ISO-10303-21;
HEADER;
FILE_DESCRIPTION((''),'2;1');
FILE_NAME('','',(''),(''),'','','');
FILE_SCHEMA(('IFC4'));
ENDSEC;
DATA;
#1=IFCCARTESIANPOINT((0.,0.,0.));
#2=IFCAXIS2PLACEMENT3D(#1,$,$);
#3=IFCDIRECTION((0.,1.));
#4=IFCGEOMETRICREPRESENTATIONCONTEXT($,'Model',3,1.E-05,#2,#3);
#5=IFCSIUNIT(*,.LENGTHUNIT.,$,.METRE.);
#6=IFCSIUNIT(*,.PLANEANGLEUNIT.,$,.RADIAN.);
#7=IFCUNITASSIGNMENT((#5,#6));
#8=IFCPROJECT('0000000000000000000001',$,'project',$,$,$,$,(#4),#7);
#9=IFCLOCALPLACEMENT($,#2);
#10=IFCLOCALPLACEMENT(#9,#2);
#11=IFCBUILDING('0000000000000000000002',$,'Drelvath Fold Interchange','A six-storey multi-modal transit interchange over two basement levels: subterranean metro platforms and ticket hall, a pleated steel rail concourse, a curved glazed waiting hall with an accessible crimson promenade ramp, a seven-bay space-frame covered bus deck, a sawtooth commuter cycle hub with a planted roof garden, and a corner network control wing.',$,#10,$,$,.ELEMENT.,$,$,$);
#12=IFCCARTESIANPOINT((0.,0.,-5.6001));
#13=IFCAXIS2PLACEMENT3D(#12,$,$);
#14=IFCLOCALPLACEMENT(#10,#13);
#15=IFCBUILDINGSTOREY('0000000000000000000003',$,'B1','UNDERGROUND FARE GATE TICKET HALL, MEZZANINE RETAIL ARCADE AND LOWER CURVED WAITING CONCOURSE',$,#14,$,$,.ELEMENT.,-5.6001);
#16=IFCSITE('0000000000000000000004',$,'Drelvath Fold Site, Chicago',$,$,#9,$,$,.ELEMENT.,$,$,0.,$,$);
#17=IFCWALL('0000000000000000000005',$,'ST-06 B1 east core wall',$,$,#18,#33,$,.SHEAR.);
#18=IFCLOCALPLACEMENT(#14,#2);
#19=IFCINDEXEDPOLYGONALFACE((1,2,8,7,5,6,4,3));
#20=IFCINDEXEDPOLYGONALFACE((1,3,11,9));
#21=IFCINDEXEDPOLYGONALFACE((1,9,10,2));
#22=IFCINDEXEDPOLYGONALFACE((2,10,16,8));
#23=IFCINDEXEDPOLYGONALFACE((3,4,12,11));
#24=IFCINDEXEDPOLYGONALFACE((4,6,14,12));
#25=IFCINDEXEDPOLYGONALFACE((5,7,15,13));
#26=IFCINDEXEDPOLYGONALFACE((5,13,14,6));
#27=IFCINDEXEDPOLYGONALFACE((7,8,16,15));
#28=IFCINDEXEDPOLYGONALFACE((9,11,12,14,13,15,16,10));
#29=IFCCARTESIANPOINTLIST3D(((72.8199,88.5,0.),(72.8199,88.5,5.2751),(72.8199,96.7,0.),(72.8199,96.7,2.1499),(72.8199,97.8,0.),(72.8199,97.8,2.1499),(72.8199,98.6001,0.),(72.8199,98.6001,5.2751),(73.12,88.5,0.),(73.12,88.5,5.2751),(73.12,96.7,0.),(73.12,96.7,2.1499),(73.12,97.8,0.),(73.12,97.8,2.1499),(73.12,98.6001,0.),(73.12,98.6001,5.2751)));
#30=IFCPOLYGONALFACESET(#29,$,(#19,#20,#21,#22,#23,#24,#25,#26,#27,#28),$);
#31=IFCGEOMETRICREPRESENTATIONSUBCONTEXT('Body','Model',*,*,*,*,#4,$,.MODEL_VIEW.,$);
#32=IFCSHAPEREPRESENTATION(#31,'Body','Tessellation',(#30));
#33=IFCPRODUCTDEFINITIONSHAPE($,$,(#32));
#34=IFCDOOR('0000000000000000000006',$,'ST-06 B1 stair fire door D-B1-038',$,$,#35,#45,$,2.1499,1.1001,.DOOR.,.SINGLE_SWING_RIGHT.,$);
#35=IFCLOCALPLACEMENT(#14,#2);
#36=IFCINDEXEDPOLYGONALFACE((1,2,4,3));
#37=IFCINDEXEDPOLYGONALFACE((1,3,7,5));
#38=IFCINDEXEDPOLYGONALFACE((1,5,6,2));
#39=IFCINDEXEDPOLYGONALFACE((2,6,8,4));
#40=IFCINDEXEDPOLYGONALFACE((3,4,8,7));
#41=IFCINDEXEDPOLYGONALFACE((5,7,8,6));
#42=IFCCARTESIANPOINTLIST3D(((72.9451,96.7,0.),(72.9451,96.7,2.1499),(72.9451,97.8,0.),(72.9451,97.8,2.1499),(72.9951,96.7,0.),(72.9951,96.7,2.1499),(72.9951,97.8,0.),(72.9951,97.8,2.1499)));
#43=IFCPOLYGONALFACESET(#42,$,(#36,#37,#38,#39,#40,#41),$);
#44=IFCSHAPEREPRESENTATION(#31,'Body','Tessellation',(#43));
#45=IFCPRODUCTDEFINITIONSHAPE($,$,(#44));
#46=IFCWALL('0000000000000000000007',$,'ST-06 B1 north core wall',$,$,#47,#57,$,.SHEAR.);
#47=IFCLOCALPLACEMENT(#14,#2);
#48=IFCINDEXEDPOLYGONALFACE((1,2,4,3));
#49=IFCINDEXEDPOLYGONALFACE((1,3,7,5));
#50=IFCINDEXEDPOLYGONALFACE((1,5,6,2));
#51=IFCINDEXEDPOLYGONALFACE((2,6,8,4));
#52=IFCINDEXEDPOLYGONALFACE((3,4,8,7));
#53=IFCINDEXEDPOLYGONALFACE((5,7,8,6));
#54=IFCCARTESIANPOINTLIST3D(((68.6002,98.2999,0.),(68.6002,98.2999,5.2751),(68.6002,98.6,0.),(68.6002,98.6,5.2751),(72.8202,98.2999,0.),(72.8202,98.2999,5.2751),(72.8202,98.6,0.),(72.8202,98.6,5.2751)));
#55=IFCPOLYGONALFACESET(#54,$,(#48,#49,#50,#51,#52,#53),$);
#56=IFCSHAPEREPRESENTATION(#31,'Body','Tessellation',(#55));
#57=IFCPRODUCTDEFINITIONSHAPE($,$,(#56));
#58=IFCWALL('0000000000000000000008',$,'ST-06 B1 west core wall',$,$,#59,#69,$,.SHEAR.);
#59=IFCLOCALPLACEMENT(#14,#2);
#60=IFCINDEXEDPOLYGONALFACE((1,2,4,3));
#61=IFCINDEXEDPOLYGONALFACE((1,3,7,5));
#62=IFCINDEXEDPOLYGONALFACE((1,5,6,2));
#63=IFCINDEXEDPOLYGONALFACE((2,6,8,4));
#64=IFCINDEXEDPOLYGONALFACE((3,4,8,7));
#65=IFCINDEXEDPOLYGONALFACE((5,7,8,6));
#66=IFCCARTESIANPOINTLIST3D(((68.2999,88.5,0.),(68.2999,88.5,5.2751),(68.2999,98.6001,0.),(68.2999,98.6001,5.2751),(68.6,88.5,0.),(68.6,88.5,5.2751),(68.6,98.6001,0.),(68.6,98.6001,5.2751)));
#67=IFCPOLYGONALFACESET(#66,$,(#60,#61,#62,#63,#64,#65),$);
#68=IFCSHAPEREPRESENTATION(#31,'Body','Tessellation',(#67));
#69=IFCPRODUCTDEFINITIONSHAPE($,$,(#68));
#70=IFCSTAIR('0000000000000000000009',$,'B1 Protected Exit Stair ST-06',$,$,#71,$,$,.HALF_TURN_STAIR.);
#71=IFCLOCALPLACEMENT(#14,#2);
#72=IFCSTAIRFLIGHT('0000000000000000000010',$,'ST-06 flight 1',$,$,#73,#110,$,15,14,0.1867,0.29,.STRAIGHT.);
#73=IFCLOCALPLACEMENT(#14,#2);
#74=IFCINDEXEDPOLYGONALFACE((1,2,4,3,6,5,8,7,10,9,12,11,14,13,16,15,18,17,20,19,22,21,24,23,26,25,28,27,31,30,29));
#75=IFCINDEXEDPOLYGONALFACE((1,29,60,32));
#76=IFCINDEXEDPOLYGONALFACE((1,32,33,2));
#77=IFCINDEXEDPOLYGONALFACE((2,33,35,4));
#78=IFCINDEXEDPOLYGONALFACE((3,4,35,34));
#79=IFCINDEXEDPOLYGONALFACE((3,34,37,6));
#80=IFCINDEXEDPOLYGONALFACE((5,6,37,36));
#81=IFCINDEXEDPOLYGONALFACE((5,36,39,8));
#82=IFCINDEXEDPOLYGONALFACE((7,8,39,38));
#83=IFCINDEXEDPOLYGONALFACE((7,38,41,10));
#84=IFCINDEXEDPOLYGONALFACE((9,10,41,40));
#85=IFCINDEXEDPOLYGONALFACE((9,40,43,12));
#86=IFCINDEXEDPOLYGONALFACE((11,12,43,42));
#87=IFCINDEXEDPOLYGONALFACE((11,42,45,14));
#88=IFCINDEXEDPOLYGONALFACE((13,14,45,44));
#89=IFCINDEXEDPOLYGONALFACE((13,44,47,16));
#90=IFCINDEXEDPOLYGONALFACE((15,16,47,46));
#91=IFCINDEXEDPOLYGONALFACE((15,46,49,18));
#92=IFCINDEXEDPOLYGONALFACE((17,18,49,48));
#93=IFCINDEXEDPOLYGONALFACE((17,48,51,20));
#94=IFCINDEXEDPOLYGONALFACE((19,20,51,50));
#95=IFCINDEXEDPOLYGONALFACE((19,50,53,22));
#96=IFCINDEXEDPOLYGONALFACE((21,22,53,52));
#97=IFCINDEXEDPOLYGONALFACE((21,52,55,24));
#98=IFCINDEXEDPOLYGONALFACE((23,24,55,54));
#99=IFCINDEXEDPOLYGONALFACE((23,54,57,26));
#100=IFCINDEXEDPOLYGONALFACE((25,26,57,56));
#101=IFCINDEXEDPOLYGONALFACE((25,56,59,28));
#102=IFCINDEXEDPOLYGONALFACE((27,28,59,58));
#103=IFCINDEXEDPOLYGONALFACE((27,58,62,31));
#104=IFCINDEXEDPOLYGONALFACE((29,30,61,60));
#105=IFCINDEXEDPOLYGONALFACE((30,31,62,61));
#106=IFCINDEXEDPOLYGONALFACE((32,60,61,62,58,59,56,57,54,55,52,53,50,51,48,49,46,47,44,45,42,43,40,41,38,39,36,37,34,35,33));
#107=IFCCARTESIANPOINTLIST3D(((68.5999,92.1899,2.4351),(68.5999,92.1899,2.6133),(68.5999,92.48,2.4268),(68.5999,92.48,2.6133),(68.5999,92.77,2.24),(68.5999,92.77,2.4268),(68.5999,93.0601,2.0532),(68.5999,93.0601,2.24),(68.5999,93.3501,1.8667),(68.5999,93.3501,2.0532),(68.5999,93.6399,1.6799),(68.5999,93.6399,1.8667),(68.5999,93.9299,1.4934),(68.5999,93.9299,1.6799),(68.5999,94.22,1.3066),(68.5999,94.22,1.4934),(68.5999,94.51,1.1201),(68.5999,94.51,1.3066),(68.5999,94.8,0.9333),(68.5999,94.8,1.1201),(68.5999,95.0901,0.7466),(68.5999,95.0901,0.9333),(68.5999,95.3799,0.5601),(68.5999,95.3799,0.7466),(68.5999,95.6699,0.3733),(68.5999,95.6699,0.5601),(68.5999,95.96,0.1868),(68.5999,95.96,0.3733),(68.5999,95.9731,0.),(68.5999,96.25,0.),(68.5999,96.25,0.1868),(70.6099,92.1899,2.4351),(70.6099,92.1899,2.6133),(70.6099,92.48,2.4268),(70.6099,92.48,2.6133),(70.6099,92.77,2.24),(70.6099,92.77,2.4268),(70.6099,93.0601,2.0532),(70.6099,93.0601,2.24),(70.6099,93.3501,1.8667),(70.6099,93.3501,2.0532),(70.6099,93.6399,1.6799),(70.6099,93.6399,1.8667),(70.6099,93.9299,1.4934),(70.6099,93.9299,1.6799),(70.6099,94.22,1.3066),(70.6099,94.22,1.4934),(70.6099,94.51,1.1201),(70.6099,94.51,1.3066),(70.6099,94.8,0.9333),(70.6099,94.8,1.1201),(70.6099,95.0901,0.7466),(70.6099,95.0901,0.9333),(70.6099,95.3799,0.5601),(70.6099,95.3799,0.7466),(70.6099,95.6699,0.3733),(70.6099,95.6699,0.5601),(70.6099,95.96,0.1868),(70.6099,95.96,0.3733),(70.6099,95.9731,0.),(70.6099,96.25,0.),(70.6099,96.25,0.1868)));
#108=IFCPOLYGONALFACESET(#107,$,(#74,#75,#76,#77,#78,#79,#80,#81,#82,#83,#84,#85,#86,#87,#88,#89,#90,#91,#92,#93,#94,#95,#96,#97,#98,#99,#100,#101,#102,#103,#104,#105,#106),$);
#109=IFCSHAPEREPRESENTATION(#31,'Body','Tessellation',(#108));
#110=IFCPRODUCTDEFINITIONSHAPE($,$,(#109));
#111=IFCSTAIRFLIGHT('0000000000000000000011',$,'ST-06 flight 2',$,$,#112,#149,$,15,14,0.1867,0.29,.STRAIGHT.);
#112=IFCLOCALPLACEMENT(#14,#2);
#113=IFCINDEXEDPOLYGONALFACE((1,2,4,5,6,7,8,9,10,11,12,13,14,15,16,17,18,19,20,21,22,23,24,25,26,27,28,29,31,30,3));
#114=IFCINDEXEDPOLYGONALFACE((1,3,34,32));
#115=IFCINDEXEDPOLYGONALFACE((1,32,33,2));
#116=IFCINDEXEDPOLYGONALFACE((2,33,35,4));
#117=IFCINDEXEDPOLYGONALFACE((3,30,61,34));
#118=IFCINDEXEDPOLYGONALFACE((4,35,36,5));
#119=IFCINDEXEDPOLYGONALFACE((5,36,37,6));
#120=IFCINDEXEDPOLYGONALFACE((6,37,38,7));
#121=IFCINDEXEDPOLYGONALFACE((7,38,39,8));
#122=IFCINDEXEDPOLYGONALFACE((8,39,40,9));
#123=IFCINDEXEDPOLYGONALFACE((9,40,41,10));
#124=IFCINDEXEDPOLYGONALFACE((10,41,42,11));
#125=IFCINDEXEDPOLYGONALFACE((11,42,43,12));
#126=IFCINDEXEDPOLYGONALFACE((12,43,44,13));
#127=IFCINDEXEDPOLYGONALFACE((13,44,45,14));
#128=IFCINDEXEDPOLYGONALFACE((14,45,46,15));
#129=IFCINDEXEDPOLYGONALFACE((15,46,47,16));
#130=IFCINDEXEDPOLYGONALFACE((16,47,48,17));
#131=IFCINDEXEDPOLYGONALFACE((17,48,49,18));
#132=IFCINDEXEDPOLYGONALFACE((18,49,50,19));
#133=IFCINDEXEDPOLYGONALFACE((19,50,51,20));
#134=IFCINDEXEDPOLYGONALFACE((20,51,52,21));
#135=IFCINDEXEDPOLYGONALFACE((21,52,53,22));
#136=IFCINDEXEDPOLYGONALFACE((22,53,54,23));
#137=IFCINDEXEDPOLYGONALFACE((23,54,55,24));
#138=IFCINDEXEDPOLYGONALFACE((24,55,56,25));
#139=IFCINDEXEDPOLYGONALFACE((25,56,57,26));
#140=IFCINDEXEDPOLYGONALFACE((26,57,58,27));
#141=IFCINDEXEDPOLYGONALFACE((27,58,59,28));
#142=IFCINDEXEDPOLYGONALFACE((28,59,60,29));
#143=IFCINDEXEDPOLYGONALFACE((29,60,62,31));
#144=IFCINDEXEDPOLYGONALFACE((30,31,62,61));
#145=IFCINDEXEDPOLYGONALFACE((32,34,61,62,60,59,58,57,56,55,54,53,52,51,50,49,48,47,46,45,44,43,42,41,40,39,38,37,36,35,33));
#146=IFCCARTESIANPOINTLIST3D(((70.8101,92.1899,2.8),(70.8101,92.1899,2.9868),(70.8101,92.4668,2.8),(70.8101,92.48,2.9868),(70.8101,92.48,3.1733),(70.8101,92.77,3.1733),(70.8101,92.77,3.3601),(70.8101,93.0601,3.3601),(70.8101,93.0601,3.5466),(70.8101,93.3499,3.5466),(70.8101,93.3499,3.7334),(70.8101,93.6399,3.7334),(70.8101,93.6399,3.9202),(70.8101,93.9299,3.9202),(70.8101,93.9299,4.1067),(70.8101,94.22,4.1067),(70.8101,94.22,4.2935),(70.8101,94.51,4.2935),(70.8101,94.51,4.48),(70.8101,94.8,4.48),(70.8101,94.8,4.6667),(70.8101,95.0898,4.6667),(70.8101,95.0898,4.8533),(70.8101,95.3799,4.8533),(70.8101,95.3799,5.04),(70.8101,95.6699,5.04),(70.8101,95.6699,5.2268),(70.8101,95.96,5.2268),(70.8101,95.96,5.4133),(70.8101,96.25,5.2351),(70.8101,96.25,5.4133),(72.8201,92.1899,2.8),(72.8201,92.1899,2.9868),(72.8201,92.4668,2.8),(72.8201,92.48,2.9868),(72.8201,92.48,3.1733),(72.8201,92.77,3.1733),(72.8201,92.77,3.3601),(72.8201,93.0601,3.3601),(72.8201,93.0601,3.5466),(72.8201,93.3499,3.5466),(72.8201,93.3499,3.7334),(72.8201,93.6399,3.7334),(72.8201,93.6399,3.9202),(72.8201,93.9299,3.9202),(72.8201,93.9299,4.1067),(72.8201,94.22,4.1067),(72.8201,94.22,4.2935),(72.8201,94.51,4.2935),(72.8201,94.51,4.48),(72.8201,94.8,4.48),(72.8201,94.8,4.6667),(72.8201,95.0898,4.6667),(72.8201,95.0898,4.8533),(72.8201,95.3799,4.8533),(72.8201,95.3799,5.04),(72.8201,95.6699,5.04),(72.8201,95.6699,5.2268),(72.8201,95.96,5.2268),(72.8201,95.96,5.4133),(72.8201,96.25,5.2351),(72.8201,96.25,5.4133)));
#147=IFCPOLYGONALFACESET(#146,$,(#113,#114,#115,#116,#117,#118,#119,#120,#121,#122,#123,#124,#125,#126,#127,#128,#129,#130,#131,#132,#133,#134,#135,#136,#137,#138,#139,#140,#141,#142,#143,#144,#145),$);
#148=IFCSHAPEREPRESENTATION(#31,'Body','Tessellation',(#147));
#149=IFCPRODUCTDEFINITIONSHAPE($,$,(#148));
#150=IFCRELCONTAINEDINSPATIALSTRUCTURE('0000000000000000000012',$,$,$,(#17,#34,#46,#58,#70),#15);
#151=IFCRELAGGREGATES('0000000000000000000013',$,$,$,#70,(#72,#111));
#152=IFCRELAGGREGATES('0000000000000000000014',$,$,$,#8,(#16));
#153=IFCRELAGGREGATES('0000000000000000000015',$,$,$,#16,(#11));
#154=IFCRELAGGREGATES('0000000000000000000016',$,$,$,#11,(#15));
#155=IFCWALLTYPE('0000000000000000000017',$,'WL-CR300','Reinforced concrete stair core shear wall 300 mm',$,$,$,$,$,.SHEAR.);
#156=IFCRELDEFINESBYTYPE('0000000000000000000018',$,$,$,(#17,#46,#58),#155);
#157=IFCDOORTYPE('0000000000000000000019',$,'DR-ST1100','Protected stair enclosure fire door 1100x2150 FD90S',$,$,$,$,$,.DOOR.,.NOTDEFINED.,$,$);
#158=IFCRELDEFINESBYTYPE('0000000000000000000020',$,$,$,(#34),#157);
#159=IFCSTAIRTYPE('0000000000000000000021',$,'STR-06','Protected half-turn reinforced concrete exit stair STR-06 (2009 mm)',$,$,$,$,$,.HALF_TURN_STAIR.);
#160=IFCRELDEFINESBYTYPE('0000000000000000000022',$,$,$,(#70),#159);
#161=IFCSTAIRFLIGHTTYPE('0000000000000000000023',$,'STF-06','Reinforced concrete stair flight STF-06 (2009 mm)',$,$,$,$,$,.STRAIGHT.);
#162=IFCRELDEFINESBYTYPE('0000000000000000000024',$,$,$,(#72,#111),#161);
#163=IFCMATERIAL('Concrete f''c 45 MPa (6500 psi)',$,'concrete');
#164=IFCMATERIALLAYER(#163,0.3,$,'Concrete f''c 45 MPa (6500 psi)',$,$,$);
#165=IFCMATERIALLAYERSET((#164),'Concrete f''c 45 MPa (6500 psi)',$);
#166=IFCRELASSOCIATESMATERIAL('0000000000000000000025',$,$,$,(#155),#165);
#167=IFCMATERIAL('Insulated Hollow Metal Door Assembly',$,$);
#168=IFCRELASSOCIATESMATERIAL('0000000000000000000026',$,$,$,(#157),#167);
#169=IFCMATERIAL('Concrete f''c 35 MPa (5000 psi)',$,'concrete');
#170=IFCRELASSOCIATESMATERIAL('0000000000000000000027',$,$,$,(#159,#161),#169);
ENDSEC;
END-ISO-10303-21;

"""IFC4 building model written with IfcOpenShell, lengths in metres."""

from ifc_helpers import new_model, si_unit, direction, frame, frame_2d, origin, place, context, subcontext, project, spatial, polyline, rectangle, outline, extrude, material, layer, layer_set, type_object, element, fill, aggregate, save


model = new_model("IFC4")

# Units and contexts
model_context = context("Model", 3, precision=1e-05, world=origin(), true_north=direction((0.0, 1.0)))
body_context = subcontext(model_context, "Body", "Model", "MODEL_VIEW")
ifc_project = project(units=[si_unit("LENGTHUNIT", "METRE"), si_unit("PLANEANGLEUNIT", "RADIAN")], contexts=[model_context])

# Site, building, storey
site_placement = place(None, origin())
site = spatial("IfcSite", under=ifc_project, at=site_placement, Name="Drelvath Fold Site, Chicago", CompositionType="ELEMENT", RefElevation=0.0)
building_placement = place(site_placement, origin())
building = spatial("IfcBuilding", under=site, at=building_placement, Name="Drelvath Fold Interchange", Description="A six-storey multi-modal transit interchange over two basement levels: subterranean metro platforms and ticket hall, a pleated steel rail concourse, a curved glazed waiting hall with an accessible crimson promenade ramp, a seven-bay space-frame covered bus deck, a sawtooth commuter cycle hub with a planted roof garden, and a corner network control wing.", CompositionType="ELEMENT")
storey_placement = place(building_placement, frame((0.0, 0.0, -5.6001)))
storey = spatial("IfcBuildingStorey", under=building, at=storey_placement, Name="B1", Description="UNDERGROUND FARE GATE TICKET HALL, MEZZANINE RETAIL ARCADE AND LOWER CURVED WAITING CONCOURSE", CompositionType="ELEMENT", Elevation=-5.6001)

# Shared definitions
ifc_material_1 = material(Name="Concrete f'c 45 MPa (6500 psi)", Category="concrete")

# Shared definitions
ifc_layer = layer(ifc_material_1, 0.3, Name="Concrete f'c 45 MPa (6500 psi)")
ifc_layer_set = layer_set([ifc_layer], Name="Concrete f'c 45 MPa (6500 psi)")
wall_type = type_object("IfcWallType", Name="WL-CR300", Description="Reinforced concrete stair core shear wall 300 mm", PredefinedType="SHEAR", material=ifc_layer_set)

# Wall, opening, door
wall_1_placement = place(storey_placement, frame((72.97, 88.5, 0.0), z_axis=(0.0, 0.0, 1.0), x_axis=(0.0, 1.0, 0.0)))
wall_1 = element("IfcWall", 1, at=wall_1_placement, inside=storey, type_object=wall_type, Name="ST-06 B1 east core wall", PredefinedType="SHEAR", context=body_context, shape_type="SweptSolid", body=[
    extrude(rectangle(XDim=10.1001, YDim=0.3, at=frame_2d((5.05, 0.0))), origin(), (0.0, 0.0, 1.0), 5.2751),
])
opening_placement = place(wall_1_placement, frame((8.2, 0.0, 0.0)))
opening = element("IfcOpeningElement", 2, at=opening_placement, cuts=wall_1, PredefinedType="OPENING", context=body_context, shape_type="SweptSolid", body=[
    extrude(rectangle(XDim=1.1001, YDim=2.1499, at=frame_2d((0.55, 1.075))), frame((0.0, 0.1599, 0.0), z_axis=(0.0, -1.0, 0.0), x_axis=(1.0, 0.0, 0.0)), (0.0, 0.0, 1.0), 0.3201),
])
ifc_material_2 = material(Name="Insulated Hollow Metal Door Assembly")
door_type = type_object("IfcDoorType", Name="DR-ST1100", Description="Protected stair enclosure fire door 1100x2150 FD90S", OperationType="NOTDEFINED", PredefinedType="DOOR", material=ifc_material_2)
door_placement = place(opening_placement, origin())
door = element("IfcDoor", 3, at=door_placement, inside=storey, type_object=door_type, Name="ST-06 B1 stair fire door D-B1-038", OperationType="SINGLE_SWING_RIGHT", OverallHeight=2.1499, OverallWidth=1.1001, PredefinedType="DOOR", context=body_context, shape_type="SweptSolid", body=[
    extrude(rectangle(XDim=1.1001, YDim=2.1499, at=frame_2d((0.55, 1.075))), frame((0.0, 0.0249, 0.0), z_axis=(0.0, -1.0, 0.0), x_axis=(1.0, 0.0, 0.0)), (0.0, 0.0, 1.0), 0.05),
])
fill(opening, door)

# Walls
wall_2_placement = place(storey_placement, frame((72.8201, 98.45, 0.0), z_axis=(0.0, 0.0, 1.0), x_axis=(-1.0, 0.0, 0.0)))
element("IfcWall", 4, at=wall_2_placement, inside=storey, type_object=wall_type, Name="ST-06 B1 north core wall", PredefinedType="SHEAR", context=body_context, shape_type="SweptSolid", body=[
    extrude(rectangle(XDim=4.22, YDim=0.3, at=frame_2d((2.1099, 0.0))), origin(), (0.0, 0.0, 1.0), 5.2751),
])
wall_3_placement = place(storey_placement, frame((68.45, 98.6001, 0.0), z_axis=(0.0, 0.0, 1.0), x_axis=(0.0, -1.0, 0.0)))
element("IfcWall", 5, at=wall_3_placement, inside=storey, type_object=wall_type, Name="ST-06 B1 west core wall", PredefinedType="SHEAR", context=body_context, shape_type="SweptSolid", body=[
    extrude(rectangle(XDim=10.1001, YDim=0.3, at=frame_2d((5.05, 0.0))), origin(), (0.0, 0.0, 1.0), 5.2751),
])

# Stair, stair flights
ifc_material_3 = material(Name="Concrete f'c 35 MPa (5000 psi)", Category="concrete")
stair_type = type_object("IfcStairType", Name="STR-06", Description="Protected half-turn reinforced concrete exit stair STR-06 (2009 mm)", PredefinedType="HALF_TURN_STAIR", material=ifc_material_3)
stair_placement = place(storey_placement, origin())
stair = element("IfcStair", 6, at=stair_placement, inside=storey, type_object=stair_type, Name="B1 Protected Exit Stair ST-06", PredefinedType="HALF_TURN_STAIR")
stair_flight_type = type_object("IfcStairFlightType", Name="STF-06", Description="Reinforced concrete stair flight STF-06 (2009 mm)", PredefinedType="STRAIGHT", material=ifc_material_3)
stair_flight_1_placement = place(storey_placement, frame((69.605, 96.25, 0.0), z_axis=(0.0, 0.0, 1.0), x_axis=(0.0, -1.0, 0.0)))
stair_flight_1 = element("IfcStairFlight", 7, at=stair_flight_1_placement, type_object=stair_flight_type, Name="ST-06 flight 1", NumberOfRisers=15, NumberOfTreads=14, PredefinedType="STRAIGHT", RiserHeight=0.1867, TreadLength=0.29, context=body_context, shape_type="SweptSolid", body=[
    extrude(outline(polyline([(0.0, 0.0), (0.0, 0.1868), (0.29, 0.1868), (0.29, 0.3733), (0.5801, 0.3733), (0.5801, 0.5601), (0.8701, 0.5601), (0.8701, 0.7466), (1.1599, 0.7466), (1.1599, 0.9333), (1.45, 0.9333), (1.45, 1.1201), (1.74, 1.1201), (1.74, 1.3066), (2.03, 1.3066), (2.03, 1.4934), (2.3201, 1.4934), (2.3201, 1.6799), (2.6101, 1.6799), (2.6101, 1.8667), (2.8999, 1.8667), (2.8999, 2.0532), (3.1899, 2.0532), (3.1899, 2.24), (3.48, 2.24), (3.48, 2.4268), (3.77, 2.4268), (3.77, 2.6133), (4.0601, 2.6133), (4.0601, 2.8), (4.0601, 2.4351), (0.2769, 0.0), (0.0, 0.0)])), frame((0.0, 1.0049, 0.0), z_axis=(0.0, -1.0, 0.0), x_axis=(1.0, 0.0, 0.0)), (0.0, 0.0, 1.0), 2.01),
])
stair_flight_2_placement = place(storey_placement, frame((71.8149, 92.1899, 2.8), z_axis=(0.0, 0.0, 1.0), x_axis=(0.0, 1.0, 0.0)))
stair_flight_2 = element("IfcStairFlight", 8, at=stair_flight_2_placement, type_object=stair_flight_type, Name="ST-06 flight 2", NumberOfRisers=15, NumberOfTreads=14, PredefinedType="STRAIGHT", RiserHeight=0.1867, TreadLength=0.29, context=body_context, shape_type="SweptSolid", body=[
    extrude(outline(polyline([(0.0, 0.0), (0.0, 0.1868), (0.29, 0.1868), (0.29, 0.3733), (0.5801, 0.3733), (0.5801, 0.5601), (0.8701, 0.5601), (0.8701, 0.7466), (1.1599, 0.7466), (1.1599, 0.9333), (1.45, 0.9333), (1.45, 1.1201), (1.74, 1.1201), (1.74, 1.3066), (2.03, 1.3066), (2.03, 1.4934), (2.3201, 1.4934), (2.3201, 1.6799), (2.6101, 1.6799), (2.6101, 1.8667), (2.8999, 1.8667), (2.8999, 2.0532), (3.1899, 2.0532), (3.1899, 2.24), (3.48, 2.24), (3.48, 2.4268), (3.77, 2.4268), (3.77, 2.6133), (4.0601, 2.6133), (4.0601, 2.8), (4.0601, 2.4351), (0.2769, 0.0), (0.0, 0.0)])), frame((0.0, 1.0049, 0.0), z_axis=(0.0, -1.0, 0.0), x_axis=(1.0, 0.0, 0.0)), (0.0, 0.0, 1.0), 2.01),
])
aggregate(stair, [stair_flight_1, stair_flight_2])

save(model, "model.ifc")
